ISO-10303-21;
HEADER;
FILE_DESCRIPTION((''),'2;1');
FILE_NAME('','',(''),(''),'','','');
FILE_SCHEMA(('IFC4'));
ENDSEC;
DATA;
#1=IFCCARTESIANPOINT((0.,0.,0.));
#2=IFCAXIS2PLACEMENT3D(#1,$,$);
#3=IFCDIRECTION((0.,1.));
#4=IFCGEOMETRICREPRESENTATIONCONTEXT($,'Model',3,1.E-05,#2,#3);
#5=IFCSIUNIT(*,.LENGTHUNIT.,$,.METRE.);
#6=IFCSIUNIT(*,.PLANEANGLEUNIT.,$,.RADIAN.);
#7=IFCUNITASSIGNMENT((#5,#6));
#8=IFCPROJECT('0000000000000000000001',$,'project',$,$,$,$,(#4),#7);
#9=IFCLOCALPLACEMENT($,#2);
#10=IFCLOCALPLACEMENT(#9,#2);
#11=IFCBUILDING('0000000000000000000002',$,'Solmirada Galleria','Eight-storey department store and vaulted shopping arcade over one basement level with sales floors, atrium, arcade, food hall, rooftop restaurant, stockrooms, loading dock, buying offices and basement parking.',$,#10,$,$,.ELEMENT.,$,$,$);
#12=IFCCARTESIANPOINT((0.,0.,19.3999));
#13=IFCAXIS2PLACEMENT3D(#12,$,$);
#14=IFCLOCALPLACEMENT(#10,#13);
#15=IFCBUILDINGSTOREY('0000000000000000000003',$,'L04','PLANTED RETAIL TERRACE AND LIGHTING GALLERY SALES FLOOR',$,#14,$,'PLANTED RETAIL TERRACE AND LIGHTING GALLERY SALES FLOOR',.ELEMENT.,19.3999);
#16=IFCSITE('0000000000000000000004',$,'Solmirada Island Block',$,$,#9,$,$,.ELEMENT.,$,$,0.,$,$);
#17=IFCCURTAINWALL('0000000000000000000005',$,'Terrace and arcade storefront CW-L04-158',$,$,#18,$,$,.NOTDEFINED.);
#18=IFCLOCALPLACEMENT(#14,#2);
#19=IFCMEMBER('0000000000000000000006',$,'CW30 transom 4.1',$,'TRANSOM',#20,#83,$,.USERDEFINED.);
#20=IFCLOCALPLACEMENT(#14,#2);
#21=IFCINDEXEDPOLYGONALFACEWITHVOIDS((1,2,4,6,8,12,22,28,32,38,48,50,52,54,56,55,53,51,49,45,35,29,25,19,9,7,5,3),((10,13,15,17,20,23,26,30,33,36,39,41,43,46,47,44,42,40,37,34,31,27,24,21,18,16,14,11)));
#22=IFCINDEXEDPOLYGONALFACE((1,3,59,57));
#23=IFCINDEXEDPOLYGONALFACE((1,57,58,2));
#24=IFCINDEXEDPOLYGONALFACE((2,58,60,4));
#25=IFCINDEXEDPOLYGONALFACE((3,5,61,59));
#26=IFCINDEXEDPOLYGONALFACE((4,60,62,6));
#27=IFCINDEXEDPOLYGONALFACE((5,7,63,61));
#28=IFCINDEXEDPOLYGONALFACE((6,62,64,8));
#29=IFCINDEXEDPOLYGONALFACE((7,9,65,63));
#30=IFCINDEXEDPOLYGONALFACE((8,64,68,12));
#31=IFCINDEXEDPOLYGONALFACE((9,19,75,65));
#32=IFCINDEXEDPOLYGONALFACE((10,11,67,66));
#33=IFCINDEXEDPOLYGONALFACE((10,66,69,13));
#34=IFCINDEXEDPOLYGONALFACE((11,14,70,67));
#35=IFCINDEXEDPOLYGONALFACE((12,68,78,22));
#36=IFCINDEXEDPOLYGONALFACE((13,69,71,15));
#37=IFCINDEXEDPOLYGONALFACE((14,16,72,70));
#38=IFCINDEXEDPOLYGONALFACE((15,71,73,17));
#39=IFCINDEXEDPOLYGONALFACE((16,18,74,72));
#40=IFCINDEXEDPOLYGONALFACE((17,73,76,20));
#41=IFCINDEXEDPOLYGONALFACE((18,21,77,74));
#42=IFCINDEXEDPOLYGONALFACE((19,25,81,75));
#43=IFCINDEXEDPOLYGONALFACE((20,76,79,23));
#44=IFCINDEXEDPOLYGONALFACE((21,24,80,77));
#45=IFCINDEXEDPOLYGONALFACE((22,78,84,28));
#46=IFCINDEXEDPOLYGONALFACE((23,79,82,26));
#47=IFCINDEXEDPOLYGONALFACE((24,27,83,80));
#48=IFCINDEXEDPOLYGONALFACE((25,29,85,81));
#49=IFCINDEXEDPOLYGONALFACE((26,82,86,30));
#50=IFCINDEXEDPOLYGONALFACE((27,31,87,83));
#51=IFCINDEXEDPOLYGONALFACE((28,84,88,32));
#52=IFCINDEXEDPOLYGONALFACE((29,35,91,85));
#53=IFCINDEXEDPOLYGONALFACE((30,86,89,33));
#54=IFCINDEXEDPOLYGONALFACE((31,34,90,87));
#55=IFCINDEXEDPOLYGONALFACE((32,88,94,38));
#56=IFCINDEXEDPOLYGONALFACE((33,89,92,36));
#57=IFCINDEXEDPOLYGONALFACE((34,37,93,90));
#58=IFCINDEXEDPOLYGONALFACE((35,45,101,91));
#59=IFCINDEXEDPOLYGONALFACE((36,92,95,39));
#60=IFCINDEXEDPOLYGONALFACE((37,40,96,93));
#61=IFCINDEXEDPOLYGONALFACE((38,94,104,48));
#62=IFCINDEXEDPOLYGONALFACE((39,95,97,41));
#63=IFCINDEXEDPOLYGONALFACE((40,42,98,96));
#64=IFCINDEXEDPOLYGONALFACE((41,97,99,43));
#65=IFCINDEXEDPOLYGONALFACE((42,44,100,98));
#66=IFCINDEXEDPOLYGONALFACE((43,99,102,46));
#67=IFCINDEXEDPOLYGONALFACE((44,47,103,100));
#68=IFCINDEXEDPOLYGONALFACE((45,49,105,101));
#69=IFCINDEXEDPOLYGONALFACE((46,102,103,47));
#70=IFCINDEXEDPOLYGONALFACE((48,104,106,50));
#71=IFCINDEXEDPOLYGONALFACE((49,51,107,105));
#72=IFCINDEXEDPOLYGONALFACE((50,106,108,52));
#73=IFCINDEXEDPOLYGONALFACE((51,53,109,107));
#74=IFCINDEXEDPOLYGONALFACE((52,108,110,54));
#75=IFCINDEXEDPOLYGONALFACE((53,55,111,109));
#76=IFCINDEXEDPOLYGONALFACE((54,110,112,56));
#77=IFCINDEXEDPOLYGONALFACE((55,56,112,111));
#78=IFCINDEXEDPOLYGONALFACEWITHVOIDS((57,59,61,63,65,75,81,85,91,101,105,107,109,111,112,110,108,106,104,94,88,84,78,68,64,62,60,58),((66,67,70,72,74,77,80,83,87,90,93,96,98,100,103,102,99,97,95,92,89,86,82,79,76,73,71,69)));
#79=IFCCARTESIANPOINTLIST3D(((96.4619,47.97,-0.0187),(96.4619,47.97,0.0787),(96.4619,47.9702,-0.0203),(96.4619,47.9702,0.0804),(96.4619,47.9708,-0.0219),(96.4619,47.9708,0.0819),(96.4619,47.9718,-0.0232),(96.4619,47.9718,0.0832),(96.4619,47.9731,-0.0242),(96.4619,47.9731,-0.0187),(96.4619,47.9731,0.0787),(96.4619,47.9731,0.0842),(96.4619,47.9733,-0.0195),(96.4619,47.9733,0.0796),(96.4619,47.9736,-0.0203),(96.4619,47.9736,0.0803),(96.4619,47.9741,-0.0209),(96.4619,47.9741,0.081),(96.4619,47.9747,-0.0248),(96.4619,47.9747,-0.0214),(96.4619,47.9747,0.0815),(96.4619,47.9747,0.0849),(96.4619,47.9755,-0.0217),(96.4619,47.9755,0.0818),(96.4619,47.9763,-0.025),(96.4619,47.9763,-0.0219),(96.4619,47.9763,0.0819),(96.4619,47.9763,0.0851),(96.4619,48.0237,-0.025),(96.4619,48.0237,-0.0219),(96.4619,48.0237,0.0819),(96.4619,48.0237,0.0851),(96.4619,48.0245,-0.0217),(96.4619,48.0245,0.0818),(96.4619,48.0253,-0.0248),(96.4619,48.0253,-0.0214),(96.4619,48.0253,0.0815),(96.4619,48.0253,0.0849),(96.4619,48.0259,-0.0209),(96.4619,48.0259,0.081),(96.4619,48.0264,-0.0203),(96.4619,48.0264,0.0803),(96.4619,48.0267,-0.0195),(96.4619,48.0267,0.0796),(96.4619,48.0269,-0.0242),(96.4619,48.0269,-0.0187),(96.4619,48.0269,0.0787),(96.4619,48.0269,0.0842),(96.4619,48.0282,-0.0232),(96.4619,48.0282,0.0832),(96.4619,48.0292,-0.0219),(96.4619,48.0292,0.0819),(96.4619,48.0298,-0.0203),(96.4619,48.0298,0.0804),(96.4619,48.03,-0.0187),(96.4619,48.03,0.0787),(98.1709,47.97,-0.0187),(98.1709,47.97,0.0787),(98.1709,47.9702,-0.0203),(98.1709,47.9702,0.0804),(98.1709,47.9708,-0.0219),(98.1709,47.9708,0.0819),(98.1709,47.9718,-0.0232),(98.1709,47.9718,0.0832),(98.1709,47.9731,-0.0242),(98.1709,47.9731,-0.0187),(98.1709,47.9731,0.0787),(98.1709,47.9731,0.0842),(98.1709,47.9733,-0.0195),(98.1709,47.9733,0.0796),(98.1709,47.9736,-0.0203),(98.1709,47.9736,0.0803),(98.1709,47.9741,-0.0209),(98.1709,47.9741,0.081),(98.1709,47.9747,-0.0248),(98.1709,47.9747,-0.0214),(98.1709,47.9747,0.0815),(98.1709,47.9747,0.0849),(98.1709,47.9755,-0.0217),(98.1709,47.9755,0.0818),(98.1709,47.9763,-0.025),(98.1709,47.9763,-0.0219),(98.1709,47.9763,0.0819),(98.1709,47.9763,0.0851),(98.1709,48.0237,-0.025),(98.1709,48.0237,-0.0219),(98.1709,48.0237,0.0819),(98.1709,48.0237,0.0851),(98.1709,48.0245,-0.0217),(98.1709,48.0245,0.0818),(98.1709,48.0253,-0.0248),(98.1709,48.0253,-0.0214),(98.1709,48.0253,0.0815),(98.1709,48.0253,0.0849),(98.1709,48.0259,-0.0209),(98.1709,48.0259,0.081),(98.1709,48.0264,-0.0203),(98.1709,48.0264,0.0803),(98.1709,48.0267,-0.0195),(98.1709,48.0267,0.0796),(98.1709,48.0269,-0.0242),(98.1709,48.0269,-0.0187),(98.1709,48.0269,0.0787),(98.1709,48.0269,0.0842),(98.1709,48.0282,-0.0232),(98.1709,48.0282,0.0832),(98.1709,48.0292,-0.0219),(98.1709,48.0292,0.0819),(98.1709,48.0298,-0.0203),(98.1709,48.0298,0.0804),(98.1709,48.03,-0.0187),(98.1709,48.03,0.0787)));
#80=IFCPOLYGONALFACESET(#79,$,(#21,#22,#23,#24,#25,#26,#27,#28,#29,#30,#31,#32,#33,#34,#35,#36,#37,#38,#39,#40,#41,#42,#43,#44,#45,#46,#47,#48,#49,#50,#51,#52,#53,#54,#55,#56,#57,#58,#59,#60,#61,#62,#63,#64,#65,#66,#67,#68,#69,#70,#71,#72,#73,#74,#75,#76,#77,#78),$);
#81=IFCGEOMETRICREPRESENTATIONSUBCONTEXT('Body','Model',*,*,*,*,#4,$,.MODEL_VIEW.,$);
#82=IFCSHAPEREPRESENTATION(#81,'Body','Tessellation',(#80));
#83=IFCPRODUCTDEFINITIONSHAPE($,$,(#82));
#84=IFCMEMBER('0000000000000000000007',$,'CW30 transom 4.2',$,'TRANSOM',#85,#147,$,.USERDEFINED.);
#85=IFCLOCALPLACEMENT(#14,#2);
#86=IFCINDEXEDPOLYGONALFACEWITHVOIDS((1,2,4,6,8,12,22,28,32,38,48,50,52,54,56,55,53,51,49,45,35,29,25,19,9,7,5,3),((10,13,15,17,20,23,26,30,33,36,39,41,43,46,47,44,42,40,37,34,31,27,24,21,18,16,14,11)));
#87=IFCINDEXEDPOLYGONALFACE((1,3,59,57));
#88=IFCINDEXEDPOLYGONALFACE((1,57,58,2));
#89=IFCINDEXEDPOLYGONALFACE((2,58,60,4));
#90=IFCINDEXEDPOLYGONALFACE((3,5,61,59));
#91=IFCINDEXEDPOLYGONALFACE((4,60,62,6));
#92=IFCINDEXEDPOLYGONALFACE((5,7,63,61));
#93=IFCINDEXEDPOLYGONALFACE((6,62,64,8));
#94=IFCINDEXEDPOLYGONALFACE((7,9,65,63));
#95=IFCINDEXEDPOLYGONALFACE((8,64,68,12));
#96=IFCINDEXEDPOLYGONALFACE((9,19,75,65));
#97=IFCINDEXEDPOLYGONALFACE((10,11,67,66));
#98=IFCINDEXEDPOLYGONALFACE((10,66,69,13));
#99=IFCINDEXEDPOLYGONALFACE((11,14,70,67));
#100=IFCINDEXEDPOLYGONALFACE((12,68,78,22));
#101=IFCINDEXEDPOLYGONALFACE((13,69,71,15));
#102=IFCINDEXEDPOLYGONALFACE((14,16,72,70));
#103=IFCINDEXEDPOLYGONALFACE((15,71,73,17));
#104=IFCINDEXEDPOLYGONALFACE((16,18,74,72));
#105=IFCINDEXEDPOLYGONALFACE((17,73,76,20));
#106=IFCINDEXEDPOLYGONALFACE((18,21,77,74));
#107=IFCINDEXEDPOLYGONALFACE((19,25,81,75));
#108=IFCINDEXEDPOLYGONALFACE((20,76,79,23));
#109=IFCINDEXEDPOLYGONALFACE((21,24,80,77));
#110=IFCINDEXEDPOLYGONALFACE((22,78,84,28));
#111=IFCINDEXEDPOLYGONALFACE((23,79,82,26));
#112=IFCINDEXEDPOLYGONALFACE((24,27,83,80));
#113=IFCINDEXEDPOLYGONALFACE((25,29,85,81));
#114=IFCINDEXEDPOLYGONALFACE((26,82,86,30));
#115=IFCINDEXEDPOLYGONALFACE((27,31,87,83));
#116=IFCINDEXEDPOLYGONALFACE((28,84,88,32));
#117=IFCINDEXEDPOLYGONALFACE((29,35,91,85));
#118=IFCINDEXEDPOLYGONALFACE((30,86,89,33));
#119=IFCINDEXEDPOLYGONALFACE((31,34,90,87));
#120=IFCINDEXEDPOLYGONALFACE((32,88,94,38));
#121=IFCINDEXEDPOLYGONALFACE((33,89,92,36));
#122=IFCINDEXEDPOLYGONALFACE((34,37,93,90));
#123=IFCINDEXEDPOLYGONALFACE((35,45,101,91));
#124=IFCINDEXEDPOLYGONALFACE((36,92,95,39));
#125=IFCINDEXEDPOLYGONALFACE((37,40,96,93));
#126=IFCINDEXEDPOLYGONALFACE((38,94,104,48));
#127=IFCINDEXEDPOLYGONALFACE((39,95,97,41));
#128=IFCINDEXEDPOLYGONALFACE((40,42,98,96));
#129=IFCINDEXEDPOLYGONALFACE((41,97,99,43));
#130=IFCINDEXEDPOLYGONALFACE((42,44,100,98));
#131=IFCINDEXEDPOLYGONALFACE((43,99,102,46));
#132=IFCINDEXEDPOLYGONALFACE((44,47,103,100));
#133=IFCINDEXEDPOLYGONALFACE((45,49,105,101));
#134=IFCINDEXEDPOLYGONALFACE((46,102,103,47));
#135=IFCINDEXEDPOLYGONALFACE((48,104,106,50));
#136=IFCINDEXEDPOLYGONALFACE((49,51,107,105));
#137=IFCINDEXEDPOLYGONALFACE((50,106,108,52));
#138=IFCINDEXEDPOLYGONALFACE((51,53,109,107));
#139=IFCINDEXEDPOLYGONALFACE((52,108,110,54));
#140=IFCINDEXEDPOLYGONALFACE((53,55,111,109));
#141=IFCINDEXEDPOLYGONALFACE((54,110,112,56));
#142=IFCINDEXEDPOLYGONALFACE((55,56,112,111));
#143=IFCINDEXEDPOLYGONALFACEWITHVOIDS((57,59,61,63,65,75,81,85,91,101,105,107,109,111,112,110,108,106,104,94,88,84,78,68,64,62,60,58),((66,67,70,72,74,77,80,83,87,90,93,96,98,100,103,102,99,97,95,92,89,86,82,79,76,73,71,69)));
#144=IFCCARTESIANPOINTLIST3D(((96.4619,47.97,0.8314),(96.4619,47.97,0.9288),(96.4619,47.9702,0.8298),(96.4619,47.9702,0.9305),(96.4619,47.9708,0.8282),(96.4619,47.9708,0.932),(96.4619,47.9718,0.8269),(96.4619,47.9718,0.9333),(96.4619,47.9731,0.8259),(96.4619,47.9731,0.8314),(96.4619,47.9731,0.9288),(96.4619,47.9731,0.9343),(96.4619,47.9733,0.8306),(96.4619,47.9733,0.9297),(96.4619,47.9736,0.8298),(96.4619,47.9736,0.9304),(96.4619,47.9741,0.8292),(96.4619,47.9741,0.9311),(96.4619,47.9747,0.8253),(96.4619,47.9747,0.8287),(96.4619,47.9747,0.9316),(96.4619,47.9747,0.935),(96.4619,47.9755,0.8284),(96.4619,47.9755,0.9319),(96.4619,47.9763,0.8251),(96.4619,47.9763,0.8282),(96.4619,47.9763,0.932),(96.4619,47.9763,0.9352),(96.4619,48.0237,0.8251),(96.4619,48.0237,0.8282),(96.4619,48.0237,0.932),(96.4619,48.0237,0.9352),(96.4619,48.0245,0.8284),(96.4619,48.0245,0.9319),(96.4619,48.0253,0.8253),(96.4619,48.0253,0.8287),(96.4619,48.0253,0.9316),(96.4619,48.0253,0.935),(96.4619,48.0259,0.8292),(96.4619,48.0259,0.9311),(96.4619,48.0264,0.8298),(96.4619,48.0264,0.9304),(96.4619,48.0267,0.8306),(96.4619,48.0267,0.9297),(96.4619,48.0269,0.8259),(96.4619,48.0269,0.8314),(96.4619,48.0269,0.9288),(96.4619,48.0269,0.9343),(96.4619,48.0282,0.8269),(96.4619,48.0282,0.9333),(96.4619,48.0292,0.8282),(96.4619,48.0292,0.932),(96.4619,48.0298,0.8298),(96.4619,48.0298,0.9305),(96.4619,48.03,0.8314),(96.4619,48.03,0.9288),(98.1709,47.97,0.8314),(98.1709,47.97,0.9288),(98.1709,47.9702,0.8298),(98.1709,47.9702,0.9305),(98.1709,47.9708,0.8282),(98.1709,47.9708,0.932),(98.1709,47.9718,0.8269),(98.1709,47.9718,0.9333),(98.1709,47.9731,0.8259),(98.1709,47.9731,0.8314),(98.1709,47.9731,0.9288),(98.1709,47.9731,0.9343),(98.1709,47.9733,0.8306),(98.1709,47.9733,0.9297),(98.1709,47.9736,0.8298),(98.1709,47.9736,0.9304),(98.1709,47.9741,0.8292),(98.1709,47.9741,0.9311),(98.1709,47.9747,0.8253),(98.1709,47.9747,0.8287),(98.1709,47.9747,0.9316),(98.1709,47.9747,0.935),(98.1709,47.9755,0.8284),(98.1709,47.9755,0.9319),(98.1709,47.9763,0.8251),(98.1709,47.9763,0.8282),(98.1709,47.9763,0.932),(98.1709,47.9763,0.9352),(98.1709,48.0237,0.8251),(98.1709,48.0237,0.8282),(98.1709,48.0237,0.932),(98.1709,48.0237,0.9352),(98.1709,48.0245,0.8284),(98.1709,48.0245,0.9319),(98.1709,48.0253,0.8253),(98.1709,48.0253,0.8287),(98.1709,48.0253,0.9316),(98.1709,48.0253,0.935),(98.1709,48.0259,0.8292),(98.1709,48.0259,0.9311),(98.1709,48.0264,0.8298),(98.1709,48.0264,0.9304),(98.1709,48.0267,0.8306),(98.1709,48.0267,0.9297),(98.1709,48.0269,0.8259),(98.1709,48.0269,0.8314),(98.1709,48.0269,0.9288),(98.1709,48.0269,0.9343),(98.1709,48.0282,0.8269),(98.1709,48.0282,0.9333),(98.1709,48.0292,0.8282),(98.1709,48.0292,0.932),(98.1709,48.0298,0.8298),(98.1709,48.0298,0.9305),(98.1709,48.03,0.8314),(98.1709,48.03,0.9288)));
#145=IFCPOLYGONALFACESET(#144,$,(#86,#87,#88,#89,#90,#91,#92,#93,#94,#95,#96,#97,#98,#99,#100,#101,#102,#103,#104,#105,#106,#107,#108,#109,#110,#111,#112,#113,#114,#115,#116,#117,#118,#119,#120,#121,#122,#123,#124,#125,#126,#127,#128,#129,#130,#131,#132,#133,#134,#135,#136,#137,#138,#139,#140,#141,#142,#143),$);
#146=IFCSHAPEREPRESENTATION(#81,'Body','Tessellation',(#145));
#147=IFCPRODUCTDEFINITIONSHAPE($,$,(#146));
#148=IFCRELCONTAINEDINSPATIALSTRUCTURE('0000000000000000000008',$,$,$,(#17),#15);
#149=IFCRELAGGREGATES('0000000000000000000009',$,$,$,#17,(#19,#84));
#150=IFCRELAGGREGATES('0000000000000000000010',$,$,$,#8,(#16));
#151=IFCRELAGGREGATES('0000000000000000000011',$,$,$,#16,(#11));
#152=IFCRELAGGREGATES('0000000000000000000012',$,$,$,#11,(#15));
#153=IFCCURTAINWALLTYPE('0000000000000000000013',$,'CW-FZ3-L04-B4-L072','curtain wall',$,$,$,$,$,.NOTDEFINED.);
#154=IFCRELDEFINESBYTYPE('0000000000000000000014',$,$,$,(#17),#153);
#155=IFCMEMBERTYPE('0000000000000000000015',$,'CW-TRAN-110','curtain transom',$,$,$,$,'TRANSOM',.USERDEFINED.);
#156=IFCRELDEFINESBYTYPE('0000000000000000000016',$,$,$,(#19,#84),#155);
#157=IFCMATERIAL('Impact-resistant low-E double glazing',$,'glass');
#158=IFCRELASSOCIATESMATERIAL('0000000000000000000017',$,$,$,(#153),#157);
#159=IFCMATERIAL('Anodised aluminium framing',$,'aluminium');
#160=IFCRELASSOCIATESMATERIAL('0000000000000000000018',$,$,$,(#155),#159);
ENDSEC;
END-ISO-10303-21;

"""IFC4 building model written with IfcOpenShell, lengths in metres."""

from ifc_helpers import new_model, si_unit, direction, frame, origin, origin_2d, place, context, subcontext, project, spatial, hollow_rectangle, extrude, material, material_profile, profile_set, type_object, element, aggregate, save


model = new_model("IFC4")

# Units and contexts
model_context = context("Model", 3, precision=1e-05, world=origin(), true_north=direction((0.0, 1.0)))
body_context = subcontext(model_context, "Body", "Model", "MODEL_VIEW")
ifc_project = project(units=[si_unit("LENGTHUNIT", "METRE"), si_unit("PLANEANGLEUNIT", "RADIAN")], contexts=[model_context])

# Site, building, storey
site_placement = place(None, origin())
site = spatial("IfcSite", under=ifc_project, at=site_placement, Name="Solmirada Island Block", CompositionType="ELEMENT", RefElevation=0.0)
building_placement = place(site_placement, origin())
building = spatial("IfcBuilding", under=site, at=building_placement, Name="Solmirada Galleria", Description="Eight-storey department store and vaulted shopping arcade over one basement level with sales floors, atrium, arcade, food hall, rooftop restaurant, stockrooms, loading dock, buying offices and basement parking.", CompositionType="ELEMENT")
storey_placement = place(building_placement, frame((0.0, 0.0, 19.3999)))
storey = spatial("IfcBuildingStorey", under=building, at=storey_placement, Name="L04", Description="PLANTED RETAIL TERRACE AND LIGHTING GALLERY SALES FLOOR", LongName="PLANTED RETAIL TERRACE AND LIGHTING GALLERY SALES FLOOR", CompositionType="ELEMENT", Elevation=19.3999)

# Curtain wall, members
ifc_material_1 = material(Name="Impact-resistant low-E double glazing", Category="glass")
curtain_wall_type = type_object("IfcCurtainWallType", Name="CW-FZ3-L04-B4-L072", Description="curtain wall", PredefinedType="NOTDEFINED", material=ifc_material_1)
curtain_wall_placement = place(storey_placement, origin())
curtain_wall = element("IfcCurtainWall", 1, at=curtain_wall_placement, inside=storey, type_object=curtain_wall_type, Name="Terrace and arcade storefront CW-L04-158", PredefinedType="NOTDEFINED")
ifc_material_2 = material(Name="Anodised aluminium framing", Category="aluminium")
ifc_material_profile_1 = material_profile(ifc_material_2, hollow_rectangle(XDim=0.0601, YDim=0.1101, WallThickness=0.0032, InnerFilletRadius=0.0032, OuterFilletRadius=0.0063, at=origin_2d()), Name="ALU-TRAN-110X60")
ifc_profile_set_1 = profile_set([ifc_material_profile_1], Name="Anodised aluminium framing")
member_type_1 = type_object("IfcMemberType", Name="CW-TRAN-110", Description="curtain transom", ElementType="TRANSOM", PredefinedType="USERDEFINED", material=ifc_profile_set_1)
member_1_placement = place(storey_placement, frame((98.1709, 48.0, 0.03), z_axis=(-1.0, 0.0, 0.0), x_axis=(0.0, -1.0, 0.0)))
member_1 = element("IfcMember", 2, at=member_1_placement, type_object=member_type_1, Name="CW30 transom 4.1", ObjectType="TRANSOM", PredefinedType="USERDEFINED", context=body_context, shape_type="SweptSolid", body=[
    extrude(hollow_rectangle(XDim=0.0601, YDim=0.1101, WallThickness=0.0032, InnerFilletRadius=0.0032, OuterFilletRadius=0.0063, at=origin_2d()), origin(), (0.0, 0.0, 1.0), 1.709),
])
member_2_placement = place(storey_placement, frame((98.1709, 48.0, 0.8801), z_axis=(-1.0, 0.0, 0.0), x_axis=(0.0, -1.0, 0.0)))
member_2 = element("IfcMember", 3, at=member_2_placement, type_object=member_type_1, Name="CW30 transom 4.2", ObjectType="TRANSOM", PredefinedType="USERDEFINED", context=body_context, shape_type="SweptSolid", body=[
    extrude(hollow_rectangle(XDim=0.0601, YDim=0.1101, WallThickness=0.0032, InnerFilletRadius=0.0032, OuterFilletRadius=0.0063, at=origin_2d()), origin(), (0.0, 0.0, 1.0), 1.709),
])
aggregate(curtain_wall, [member_1, member_2])

save(model, "model.ifc")
